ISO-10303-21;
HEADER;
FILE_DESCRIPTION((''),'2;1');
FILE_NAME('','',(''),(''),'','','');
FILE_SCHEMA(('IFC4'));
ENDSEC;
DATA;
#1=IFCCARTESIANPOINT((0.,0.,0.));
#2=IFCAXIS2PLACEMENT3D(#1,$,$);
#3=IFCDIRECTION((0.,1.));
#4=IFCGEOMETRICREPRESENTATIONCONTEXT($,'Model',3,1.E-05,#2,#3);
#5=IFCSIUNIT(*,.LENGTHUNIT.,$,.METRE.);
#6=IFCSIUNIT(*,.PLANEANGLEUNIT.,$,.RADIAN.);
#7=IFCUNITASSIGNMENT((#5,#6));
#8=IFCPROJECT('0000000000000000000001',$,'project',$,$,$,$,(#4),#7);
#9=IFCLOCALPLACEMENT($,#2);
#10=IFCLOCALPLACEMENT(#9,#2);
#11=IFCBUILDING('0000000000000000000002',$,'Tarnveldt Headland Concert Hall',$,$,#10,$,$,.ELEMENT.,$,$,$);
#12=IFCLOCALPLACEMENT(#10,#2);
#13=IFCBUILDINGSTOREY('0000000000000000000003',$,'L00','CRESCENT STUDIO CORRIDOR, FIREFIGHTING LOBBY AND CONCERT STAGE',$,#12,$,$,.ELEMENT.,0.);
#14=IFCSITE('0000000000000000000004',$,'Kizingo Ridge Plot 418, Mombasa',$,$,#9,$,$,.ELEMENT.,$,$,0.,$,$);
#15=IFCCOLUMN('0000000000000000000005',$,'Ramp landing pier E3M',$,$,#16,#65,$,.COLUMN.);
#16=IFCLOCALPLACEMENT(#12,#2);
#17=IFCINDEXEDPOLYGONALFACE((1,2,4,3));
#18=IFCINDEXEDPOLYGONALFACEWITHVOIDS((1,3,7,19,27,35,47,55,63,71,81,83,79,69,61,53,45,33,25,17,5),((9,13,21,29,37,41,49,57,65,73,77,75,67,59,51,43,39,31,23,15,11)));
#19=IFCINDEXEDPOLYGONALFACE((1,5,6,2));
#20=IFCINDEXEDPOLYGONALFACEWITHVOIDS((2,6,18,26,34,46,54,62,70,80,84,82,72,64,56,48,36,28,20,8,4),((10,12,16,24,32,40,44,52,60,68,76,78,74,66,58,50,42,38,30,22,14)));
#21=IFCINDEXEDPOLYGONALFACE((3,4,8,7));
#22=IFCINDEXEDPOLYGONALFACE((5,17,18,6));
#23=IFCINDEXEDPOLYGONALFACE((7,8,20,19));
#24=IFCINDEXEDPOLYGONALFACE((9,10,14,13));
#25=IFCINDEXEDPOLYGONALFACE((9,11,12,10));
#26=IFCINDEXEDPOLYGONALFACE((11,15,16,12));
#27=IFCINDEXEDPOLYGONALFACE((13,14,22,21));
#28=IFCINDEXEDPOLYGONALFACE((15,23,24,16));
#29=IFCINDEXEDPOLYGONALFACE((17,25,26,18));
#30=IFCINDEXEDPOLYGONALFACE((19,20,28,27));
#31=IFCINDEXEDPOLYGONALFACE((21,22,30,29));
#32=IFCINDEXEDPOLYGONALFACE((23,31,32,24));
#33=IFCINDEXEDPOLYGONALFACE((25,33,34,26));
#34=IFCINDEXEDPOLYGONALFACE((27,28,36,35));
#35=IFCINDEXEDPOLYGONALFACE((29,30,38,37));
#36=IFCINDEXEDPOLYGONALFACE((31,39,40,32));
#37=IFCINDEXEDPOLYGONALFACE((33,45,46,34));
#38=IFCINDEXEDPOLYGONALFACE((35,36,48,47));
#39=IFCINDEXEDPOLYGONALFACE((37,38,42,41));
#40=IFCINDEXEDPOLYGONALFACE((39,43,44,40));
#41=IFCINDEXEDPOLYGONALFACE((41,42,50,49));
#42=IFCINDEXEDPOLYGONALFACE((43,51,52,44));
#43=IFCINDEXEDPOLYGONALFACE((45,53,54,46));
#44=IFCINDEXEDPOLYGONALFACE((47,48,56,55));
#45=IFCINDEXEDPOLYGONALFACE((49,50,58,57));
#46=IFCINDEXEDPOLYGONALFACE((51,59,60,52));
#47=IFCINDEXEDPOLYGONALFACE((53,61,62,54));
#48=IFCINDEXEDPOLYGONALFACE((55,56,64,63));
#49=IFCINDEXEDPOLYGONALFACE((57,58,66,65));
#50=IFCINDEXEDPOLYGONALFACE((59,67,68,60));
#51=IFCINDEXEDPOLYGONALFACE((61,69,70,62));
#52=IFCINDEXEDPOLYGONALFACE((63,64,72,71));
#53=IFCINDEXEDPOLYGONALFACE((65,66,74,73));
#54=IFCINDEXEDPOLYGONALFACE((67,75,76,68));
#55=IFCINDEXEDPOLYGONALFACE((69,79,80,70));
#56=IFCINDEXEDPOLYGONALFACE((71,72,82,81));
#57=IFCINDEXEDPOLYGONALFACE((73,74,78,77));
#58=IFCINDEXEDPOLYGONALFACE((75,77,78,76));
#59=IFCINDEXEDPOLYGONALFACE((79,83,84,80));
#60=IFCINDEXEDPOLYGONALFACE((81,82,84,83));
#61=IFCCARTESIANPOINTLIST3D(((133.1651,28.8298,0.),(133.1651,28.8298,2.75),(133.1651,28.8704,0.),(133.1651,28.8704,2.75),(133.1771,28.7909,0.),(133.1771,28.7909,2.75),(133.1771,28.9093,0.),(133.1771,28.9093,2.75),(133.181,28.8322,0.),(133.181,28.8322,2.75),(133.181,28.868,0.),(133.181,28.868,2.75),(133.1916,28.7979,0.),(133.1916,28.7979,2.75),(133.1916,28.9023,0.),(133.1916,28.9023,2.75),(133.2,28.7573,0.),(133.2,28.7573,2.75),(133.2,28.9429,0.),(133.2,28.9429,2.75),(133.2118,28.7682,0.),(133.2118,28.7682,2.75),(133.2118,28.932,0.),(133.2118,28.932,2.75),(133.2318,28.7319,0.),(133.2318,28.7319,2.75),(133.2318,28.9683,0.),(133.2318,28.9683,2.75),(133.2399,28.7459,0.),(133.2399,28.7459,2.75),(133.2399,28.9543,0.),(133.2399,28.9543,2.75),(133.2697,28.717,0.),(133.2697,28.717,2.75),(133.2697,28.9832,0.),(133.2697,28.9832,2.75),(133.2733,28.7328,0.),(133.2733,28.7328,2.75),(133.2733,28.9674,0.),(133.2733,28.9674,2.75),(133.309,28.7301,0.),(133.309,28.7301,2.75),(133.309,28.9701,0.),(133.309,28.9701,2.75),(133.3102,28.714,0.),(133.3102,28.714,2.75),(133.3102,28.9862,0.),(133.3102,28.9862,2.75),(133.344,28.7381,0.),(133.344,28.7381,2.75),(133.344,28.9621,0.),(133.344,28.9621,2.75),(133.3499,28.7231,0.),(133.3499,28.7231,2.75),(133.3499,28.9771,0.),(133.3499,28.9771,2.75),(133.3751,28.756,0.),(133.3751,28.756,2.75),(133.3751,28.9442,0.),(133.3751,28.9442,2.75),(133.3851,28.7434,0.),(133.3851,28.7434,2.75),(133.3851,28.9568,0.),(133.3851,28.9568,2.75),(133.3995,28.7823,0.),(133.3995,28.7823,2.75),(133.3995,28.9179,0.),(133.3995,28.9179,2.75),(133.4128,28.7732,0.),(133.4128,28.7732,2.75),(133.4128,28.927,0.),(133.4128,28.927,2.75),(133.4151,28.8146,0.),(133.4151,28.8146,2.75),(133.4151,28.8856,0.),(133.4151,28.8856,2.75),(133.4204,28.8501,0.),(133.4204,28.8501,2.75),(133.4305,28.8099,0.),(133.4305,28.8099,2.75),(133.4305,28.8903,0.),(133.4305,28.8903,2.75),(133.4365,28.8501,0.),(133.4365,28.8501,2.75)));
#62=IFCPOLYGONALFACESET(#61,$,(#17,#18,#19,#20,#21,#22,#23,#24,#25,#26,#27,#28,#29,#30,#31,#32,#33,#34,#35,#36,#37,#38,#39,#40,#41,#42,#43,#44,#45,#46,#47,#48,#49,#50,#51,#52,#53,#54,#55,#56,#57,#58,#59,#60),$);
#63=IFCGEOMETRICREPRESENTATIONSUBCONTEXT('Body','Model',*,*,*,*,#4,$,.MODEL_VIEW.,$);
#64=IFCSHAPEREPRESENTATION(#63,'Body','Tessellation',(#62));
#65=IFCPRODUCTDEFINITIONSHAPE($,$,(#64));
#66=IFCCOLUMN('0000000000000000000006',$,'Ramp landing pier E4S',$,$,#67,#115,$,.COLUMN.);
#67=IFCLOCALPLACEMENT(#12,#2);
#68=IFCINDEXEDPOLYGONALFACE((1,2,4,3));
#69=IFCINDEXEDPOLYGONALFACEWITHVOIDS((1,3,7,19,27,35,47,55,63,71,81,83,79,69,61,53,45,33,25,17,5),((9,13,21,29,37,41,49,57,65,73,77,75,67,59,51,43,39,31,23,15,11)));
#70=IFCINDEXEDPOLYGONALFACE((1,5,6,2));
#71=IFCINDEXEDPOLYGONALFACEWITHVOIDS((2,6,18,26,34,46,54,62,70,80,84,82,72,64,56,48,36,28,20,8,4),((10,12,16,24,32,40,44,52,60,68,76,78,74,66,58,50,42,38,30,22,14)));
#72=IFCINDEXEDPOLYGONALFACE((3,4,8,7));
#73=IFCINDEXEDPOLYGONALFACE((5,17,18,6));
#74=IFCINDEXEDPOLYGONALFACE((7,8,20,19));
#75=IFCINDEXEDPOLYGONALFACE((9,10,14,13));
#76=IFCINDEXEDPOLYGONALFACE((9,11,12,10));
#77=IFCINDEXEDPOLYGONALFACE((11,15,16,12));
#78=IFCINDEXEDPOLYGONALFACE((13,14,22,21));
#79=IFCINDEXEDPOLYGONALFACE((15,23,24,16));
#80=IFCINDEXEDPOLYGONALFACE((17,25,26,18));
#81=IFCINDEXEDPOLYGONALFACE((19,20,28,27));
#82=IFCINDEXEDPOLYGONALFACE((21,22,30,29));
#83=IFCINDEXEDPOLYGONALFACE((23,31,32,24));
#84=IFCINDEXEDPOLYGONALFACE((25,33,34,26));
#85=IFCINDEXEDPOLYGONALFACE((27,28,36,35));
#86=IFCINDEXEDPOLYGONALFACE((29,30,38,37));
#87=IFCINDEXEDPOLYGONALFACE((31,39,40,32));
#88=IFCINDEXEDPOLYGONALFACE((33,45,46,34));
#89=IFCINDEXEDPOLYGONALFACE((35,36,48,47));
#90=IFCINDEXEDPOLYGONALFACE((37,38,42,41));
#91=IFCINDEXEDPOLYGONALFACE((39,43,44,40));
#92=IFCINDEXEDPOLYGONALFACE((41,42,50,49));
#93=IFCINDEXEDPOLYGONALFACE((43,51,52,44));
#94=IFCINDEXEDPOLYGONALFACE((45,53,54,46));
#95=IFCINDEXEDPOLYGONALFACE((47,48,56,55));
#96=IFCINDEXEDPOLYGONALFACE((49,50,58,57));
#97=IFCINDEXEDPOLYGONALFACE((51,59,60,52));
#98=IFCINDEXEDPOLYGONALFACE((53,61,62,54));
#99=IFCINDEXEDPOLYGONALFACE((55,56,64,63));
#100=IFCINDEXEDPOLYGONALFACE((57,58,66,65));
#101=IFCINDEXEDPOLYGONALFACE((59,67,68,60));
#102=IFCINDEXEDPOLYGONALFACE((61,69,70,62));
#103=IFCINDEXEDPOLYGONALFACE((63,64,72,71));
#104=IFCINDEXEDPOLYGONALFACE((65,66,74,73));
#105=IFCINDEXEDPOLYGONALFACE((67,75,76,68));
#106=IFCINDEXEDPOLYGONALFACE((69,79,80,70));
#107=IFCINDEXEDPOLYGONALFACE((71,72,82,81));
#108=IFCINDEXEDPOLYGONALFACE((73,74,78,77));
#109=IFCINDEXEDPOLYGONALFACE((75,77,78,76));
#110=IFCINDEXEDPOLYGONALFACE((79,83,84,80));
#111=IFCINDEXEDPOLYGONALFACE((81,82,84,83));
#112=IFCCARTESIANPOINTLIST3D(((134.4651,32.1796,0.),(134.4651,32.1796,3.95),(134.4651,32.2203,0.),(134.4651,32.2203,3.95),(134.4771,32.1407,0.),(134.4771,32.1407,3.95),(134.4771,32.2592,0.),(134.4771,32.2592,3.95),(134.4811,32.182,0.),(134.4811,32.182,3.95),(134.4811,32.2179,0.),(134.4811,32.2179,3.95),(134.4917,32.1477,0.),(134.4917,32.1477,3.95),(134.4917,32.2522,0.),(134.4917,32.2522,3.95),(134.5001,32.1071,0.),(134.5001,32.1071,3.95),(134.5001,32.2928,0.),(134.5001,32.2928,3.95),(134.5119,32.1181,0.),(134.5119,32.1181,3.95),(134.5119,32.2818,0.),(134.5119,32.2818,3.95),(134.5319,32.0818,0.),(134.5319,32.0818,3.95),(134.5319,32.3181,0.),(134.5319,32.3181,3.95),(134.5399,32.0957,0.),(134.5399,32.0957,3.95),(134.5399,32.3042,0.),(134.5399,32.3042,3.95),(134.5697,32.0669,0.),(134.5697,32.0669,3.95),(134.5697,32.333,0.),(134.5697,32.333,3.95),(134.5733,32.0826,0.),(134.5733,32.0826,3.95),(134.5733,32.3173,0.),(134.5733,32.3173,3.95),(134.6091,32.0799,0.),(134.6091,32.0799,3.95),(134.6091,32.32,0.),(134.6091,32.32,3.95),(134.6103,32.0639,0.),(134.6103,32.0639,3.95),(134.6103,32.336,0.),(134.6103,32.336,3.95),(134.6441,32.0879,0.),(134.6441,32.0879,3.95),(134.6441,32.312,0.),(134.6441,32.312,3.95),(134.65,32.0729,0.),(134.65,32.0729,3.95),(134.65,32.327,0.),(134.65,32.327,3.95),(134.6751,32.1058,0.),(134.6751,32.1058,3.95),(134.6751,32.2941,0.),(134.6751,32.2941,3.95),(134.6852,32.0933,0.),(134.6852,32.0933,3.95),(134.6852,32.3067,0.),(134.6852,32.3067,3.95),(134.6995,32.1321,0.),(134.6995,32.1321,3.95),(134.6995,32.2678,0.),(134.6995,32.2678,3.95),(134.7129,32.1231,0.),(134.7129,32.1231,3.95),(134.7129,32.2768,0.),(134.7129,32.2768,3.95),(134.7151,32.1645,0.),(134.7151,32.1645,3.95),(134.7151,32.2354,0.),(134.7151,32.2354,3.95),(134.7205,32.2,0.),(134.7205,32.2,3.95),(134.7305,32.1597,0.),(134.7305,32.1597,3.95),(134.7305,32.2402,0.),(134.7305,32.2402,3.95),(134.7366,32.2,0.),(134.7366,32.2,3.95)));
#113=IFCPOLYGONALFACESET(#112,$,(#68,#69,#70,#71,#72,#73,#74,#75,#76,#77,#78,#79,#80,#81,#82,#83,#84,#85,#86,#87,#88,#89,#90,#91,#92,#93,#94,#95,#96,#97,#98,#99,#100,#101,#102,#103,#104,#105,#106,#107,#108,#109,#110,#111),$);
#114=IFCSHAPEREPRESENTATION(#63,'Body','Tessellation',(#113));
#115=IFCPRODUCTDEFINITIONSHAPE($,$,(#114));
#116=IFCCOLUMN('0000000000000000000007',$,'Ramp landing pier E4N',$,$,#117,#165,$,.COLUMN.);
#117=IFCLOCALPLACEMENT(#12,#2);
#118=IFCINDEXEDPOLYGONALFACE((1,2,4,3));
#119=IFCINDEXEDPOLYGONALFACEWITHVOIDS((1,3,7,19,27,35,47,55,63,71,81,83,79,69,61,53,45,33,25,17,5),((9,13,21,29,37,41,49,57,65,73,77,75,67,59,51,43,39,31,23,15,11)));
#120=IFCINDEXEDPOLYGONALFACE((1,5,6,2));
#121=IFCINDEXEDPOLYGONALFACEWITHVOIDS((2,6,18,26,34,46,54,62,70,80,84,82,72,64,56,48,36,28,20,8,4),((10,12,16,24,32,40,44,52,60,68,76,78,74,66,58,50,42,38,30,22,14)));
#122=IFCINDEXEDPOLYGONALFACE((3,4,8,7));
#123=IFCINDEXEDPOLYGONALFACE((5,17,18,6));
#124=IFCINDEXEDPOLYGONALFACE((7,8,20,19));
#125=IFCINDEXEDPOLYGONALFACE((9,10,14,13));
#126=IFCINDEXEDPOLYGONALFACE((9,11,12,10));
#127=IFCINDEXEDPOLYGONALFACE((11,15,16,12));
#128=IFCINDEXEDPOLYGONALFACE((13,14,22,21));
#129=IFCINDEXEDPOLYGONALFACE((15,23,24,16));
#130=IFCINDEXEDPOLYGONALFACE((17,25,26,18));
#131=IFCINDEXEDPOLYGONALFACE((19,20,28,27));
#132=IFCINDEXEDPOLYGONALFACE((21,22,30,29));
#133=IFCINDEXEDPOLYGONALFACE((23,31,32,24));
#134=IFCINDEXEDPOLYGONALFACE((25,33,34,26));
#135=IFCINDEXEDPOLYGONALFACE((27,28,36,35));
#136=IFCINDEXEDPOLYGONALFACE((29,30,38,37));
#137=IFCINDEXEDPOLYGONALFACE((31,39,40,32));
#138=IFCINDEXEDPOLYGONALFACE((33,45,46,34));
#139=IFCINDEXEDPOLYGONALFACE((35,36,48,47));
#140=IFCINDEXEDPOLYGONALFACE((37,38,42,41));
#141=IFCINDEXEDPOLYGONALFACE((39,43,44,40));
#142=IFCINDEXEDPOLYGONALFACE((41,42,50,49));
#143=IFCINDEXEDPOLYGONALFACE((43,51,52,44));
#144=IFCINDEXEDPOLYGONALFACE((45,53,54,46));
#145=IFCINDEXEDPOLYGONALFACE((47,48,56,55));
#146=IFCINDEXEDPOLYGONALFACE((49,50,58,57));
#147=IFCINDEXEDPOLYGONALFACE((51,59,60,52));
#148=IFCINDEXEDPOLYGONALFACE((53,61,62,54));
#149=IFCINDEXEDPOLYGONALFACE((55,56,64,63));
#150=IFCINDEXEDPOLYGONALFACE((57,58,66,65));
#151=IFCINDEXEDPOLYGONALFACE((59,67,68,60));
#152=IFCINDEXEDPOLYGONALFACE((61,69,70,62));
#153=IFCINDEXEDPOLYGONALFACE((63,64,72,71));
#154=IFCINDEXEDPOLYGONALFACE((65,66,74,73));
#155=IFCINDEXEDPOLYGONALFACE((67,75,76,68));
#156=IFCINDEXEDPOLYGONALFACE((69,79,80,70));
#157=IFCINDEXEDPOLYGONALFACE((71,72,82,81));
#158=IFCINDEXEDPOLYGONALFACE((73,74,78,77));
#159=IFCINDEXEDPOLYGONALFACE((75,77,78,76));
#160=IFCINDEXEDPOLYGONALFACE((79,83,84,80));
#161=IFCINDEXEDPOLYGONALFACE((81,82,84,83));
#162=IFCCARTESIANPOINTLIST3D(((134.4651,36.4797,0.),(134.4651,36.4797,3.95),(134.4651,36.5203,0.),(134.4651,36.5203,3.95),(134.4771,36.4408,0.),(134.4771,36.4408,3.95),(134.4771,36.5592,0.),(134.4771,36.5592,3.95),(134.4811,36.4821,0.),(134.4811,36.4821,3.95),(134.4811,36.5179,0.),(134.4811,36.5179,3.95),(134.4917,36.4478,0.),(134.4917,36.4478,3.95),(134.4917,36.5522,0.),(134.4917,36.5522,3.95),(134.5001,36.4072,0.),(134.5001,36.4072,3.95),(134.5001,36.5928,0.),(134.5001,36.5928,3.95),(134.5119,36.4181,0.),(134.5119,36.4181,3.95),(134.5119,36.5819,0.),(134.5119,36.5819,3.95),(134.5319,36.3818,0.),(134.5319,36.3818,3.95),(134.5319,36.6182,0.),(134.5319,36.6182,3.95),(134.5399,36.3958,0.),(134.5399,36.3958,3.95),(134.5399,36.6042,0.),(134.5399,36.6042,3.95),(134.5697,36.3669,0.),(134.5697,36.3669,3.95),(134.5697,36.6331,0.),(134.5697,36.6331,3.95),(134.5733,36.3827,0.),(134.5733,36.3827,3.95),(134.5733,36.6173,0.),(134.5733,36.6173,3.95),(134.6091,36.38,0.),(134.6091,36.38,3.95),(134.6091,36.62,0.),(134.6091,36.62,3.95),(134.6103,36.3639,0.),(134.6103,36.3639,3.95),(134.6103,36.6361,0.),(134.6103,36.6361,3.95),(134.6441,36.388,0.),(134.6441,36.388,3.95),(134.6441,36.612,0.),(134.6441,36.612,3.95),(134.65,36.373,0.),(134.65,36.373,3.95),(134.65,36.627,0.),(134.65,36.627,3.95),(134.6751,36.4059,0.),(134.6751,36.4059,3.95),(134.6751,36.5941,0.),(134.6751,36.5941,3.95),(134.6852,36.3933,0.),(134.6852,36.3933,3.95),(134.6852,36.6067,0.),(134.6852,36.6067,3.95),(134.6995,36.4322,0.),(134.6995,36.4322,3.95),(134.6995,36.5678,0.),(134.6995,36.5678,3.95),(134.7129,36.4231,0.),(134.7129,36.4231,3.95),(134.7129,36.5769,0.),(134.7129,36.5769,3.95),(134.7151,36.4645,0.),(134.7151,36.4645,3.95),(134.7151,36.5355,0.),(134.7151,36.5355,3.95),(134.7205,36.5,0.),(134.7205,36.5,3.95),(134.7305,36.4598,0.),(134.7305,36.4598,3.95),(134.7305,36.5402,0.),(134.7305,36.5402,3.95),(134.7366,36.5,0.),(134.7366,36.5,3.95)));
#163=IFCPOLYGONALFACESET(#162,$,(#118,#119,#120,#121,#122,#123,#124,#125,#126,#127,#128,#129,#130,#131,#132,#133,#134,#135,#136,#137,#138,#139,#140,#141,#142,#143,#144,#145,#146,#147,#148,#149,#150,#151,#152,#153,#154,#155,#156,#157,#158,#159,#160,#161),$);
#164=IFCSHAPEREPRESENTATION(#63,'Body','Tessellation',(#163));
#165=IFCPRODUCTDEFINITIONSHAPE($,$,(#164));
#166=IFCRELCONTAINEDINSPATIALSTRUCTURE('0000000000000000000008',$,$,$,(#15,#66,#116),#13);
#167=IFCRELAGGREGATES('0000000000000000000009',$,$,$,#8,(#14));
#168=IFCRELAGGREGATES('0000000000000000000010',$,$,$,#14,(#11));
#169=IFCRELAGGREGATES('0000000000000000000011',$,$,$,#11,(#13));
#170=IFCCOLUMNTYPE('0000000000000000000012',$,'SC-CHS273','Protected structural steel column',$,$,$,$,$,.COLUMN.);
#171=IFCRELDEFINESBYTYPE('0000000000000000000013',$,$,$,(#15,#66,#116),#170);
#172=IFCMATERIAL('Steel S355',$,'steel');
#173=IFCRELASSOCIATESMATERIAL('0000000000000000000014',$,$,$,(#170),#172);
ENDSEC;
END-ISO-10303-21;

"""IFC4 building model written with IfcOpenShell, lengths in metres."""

from ifc_helpers import new_model, si_unit, direction, frame, origin, origin_2d, place, context, subcontext, project, spatial, hollow_circle, extrude, material, material_profile, profile_set, type_object, element, save


model = new_model("IFC4")

# Units and contexts
model_context = context("Model", 3, precision=1e-05, world=origin(), true_north=direction((0.0, 1.0)))
body_context = subcontext(model_context, "Body", "Model", "MODEL_VIEW")
ifc_project = project(units=[si_unit("LENGTHUNIT", "METRE"), si_unit("PLANEANGLEUNIT", "RADIAN")], contexts=[model_context])

# Site, building, storey
site_placement = place(None, origin())
site = spatial("IfcSite", under=ifc_project, at=site_placement, Name="Kizingo Ridge Plot 418, Mombasa", CompositionType="ELEMENT", RefElevation=0.0)
building_placement = place(site_placement, origin())
building = spatial("IfcBuilding", under=site, at=building_placement, Name="Tarnveldt Headland Concert Hall", CompositionType="ELEMENT")
storey_placement = place(building_placement, origin())
storey = spatial("IfcBuildingStorey", under=building, at=storey_placement, Name="L00", Description="CRESCENT STUDIO CORRIDOR, FIREFIGHTING LOBBY AND CONCERT STAGE", CompositionType="ELEMENT", Elevation=0.0)

# Columns
ifc_material_1 = material(Name="Steel S355", Category="steel")
ifc_material_profile_1 = material_profile(ifc_material_1, hollow_circle(Radius=0.1365, WallThickness=0.0161, at=origin_2d()), Name="CHS 273x16", Category="steel")
ifc_profile_set_1 = profile_set([ifc_material_profile_1], Name="Steel S355")
column_type_1 = type_object("IfcColumnType", Name="SC-CHS273", Description="Protected structural steel column", PredefinedType="COLUMN", material=ifc_profile_set_1)
for number, where, z_axis, x_axis, name in (
    (1, (133.3, 28.8501, 0.0), (0.0, 0.0, 1.0), (1.0, 0.0, 0.0), "Ramp landing pier E3M"),
):
    element("IfcColumn", number, at=place(storey_placement, frame(where, z_axis=z_axis, x_axis=x_axis)), inside=storey, type_object=column_type_1, Name=name, PredefinedType="COLUMN", context=body_context, shape_type="SweptSolid", body=[
        extrude(hollow_circle(Radius=0.1365, WallThickness=0.0161, at=origin_2d()), origin(), (0.0, 0.0, 1.0), 2.75),
    ])
for number, where, z_axis, x_axis, name in (
    (2, (134.6001, 32.2, 0.0), (0.0, 0.0, 1.0), (1.0, 0.0, 0.0), "Ramp landing pier E4S"),
    (3, (134.6001, 36.5, 0.0), (0.0, 0.0, 1.0), (1.0, 0.0, 0.0), "Ramp landing pier E4N"),
):
    element("IfcColumn", number, at=place(storey_placement, frame(where, z_axis=z_axis, x_axis=x_axis)), inside=storey, type_object=column_type_1, Name=name, PredefinedType="COLUMN", context=body_context, shape_type="SweptSolid", body=[
        extrude(hollow_circle(Radius=0.1365, WallThickness=0.0161, at=origin_2d()), origin(), (0.0, 0.0, 1.0), 3.95),
    ])

save(model, "model.ifc")
